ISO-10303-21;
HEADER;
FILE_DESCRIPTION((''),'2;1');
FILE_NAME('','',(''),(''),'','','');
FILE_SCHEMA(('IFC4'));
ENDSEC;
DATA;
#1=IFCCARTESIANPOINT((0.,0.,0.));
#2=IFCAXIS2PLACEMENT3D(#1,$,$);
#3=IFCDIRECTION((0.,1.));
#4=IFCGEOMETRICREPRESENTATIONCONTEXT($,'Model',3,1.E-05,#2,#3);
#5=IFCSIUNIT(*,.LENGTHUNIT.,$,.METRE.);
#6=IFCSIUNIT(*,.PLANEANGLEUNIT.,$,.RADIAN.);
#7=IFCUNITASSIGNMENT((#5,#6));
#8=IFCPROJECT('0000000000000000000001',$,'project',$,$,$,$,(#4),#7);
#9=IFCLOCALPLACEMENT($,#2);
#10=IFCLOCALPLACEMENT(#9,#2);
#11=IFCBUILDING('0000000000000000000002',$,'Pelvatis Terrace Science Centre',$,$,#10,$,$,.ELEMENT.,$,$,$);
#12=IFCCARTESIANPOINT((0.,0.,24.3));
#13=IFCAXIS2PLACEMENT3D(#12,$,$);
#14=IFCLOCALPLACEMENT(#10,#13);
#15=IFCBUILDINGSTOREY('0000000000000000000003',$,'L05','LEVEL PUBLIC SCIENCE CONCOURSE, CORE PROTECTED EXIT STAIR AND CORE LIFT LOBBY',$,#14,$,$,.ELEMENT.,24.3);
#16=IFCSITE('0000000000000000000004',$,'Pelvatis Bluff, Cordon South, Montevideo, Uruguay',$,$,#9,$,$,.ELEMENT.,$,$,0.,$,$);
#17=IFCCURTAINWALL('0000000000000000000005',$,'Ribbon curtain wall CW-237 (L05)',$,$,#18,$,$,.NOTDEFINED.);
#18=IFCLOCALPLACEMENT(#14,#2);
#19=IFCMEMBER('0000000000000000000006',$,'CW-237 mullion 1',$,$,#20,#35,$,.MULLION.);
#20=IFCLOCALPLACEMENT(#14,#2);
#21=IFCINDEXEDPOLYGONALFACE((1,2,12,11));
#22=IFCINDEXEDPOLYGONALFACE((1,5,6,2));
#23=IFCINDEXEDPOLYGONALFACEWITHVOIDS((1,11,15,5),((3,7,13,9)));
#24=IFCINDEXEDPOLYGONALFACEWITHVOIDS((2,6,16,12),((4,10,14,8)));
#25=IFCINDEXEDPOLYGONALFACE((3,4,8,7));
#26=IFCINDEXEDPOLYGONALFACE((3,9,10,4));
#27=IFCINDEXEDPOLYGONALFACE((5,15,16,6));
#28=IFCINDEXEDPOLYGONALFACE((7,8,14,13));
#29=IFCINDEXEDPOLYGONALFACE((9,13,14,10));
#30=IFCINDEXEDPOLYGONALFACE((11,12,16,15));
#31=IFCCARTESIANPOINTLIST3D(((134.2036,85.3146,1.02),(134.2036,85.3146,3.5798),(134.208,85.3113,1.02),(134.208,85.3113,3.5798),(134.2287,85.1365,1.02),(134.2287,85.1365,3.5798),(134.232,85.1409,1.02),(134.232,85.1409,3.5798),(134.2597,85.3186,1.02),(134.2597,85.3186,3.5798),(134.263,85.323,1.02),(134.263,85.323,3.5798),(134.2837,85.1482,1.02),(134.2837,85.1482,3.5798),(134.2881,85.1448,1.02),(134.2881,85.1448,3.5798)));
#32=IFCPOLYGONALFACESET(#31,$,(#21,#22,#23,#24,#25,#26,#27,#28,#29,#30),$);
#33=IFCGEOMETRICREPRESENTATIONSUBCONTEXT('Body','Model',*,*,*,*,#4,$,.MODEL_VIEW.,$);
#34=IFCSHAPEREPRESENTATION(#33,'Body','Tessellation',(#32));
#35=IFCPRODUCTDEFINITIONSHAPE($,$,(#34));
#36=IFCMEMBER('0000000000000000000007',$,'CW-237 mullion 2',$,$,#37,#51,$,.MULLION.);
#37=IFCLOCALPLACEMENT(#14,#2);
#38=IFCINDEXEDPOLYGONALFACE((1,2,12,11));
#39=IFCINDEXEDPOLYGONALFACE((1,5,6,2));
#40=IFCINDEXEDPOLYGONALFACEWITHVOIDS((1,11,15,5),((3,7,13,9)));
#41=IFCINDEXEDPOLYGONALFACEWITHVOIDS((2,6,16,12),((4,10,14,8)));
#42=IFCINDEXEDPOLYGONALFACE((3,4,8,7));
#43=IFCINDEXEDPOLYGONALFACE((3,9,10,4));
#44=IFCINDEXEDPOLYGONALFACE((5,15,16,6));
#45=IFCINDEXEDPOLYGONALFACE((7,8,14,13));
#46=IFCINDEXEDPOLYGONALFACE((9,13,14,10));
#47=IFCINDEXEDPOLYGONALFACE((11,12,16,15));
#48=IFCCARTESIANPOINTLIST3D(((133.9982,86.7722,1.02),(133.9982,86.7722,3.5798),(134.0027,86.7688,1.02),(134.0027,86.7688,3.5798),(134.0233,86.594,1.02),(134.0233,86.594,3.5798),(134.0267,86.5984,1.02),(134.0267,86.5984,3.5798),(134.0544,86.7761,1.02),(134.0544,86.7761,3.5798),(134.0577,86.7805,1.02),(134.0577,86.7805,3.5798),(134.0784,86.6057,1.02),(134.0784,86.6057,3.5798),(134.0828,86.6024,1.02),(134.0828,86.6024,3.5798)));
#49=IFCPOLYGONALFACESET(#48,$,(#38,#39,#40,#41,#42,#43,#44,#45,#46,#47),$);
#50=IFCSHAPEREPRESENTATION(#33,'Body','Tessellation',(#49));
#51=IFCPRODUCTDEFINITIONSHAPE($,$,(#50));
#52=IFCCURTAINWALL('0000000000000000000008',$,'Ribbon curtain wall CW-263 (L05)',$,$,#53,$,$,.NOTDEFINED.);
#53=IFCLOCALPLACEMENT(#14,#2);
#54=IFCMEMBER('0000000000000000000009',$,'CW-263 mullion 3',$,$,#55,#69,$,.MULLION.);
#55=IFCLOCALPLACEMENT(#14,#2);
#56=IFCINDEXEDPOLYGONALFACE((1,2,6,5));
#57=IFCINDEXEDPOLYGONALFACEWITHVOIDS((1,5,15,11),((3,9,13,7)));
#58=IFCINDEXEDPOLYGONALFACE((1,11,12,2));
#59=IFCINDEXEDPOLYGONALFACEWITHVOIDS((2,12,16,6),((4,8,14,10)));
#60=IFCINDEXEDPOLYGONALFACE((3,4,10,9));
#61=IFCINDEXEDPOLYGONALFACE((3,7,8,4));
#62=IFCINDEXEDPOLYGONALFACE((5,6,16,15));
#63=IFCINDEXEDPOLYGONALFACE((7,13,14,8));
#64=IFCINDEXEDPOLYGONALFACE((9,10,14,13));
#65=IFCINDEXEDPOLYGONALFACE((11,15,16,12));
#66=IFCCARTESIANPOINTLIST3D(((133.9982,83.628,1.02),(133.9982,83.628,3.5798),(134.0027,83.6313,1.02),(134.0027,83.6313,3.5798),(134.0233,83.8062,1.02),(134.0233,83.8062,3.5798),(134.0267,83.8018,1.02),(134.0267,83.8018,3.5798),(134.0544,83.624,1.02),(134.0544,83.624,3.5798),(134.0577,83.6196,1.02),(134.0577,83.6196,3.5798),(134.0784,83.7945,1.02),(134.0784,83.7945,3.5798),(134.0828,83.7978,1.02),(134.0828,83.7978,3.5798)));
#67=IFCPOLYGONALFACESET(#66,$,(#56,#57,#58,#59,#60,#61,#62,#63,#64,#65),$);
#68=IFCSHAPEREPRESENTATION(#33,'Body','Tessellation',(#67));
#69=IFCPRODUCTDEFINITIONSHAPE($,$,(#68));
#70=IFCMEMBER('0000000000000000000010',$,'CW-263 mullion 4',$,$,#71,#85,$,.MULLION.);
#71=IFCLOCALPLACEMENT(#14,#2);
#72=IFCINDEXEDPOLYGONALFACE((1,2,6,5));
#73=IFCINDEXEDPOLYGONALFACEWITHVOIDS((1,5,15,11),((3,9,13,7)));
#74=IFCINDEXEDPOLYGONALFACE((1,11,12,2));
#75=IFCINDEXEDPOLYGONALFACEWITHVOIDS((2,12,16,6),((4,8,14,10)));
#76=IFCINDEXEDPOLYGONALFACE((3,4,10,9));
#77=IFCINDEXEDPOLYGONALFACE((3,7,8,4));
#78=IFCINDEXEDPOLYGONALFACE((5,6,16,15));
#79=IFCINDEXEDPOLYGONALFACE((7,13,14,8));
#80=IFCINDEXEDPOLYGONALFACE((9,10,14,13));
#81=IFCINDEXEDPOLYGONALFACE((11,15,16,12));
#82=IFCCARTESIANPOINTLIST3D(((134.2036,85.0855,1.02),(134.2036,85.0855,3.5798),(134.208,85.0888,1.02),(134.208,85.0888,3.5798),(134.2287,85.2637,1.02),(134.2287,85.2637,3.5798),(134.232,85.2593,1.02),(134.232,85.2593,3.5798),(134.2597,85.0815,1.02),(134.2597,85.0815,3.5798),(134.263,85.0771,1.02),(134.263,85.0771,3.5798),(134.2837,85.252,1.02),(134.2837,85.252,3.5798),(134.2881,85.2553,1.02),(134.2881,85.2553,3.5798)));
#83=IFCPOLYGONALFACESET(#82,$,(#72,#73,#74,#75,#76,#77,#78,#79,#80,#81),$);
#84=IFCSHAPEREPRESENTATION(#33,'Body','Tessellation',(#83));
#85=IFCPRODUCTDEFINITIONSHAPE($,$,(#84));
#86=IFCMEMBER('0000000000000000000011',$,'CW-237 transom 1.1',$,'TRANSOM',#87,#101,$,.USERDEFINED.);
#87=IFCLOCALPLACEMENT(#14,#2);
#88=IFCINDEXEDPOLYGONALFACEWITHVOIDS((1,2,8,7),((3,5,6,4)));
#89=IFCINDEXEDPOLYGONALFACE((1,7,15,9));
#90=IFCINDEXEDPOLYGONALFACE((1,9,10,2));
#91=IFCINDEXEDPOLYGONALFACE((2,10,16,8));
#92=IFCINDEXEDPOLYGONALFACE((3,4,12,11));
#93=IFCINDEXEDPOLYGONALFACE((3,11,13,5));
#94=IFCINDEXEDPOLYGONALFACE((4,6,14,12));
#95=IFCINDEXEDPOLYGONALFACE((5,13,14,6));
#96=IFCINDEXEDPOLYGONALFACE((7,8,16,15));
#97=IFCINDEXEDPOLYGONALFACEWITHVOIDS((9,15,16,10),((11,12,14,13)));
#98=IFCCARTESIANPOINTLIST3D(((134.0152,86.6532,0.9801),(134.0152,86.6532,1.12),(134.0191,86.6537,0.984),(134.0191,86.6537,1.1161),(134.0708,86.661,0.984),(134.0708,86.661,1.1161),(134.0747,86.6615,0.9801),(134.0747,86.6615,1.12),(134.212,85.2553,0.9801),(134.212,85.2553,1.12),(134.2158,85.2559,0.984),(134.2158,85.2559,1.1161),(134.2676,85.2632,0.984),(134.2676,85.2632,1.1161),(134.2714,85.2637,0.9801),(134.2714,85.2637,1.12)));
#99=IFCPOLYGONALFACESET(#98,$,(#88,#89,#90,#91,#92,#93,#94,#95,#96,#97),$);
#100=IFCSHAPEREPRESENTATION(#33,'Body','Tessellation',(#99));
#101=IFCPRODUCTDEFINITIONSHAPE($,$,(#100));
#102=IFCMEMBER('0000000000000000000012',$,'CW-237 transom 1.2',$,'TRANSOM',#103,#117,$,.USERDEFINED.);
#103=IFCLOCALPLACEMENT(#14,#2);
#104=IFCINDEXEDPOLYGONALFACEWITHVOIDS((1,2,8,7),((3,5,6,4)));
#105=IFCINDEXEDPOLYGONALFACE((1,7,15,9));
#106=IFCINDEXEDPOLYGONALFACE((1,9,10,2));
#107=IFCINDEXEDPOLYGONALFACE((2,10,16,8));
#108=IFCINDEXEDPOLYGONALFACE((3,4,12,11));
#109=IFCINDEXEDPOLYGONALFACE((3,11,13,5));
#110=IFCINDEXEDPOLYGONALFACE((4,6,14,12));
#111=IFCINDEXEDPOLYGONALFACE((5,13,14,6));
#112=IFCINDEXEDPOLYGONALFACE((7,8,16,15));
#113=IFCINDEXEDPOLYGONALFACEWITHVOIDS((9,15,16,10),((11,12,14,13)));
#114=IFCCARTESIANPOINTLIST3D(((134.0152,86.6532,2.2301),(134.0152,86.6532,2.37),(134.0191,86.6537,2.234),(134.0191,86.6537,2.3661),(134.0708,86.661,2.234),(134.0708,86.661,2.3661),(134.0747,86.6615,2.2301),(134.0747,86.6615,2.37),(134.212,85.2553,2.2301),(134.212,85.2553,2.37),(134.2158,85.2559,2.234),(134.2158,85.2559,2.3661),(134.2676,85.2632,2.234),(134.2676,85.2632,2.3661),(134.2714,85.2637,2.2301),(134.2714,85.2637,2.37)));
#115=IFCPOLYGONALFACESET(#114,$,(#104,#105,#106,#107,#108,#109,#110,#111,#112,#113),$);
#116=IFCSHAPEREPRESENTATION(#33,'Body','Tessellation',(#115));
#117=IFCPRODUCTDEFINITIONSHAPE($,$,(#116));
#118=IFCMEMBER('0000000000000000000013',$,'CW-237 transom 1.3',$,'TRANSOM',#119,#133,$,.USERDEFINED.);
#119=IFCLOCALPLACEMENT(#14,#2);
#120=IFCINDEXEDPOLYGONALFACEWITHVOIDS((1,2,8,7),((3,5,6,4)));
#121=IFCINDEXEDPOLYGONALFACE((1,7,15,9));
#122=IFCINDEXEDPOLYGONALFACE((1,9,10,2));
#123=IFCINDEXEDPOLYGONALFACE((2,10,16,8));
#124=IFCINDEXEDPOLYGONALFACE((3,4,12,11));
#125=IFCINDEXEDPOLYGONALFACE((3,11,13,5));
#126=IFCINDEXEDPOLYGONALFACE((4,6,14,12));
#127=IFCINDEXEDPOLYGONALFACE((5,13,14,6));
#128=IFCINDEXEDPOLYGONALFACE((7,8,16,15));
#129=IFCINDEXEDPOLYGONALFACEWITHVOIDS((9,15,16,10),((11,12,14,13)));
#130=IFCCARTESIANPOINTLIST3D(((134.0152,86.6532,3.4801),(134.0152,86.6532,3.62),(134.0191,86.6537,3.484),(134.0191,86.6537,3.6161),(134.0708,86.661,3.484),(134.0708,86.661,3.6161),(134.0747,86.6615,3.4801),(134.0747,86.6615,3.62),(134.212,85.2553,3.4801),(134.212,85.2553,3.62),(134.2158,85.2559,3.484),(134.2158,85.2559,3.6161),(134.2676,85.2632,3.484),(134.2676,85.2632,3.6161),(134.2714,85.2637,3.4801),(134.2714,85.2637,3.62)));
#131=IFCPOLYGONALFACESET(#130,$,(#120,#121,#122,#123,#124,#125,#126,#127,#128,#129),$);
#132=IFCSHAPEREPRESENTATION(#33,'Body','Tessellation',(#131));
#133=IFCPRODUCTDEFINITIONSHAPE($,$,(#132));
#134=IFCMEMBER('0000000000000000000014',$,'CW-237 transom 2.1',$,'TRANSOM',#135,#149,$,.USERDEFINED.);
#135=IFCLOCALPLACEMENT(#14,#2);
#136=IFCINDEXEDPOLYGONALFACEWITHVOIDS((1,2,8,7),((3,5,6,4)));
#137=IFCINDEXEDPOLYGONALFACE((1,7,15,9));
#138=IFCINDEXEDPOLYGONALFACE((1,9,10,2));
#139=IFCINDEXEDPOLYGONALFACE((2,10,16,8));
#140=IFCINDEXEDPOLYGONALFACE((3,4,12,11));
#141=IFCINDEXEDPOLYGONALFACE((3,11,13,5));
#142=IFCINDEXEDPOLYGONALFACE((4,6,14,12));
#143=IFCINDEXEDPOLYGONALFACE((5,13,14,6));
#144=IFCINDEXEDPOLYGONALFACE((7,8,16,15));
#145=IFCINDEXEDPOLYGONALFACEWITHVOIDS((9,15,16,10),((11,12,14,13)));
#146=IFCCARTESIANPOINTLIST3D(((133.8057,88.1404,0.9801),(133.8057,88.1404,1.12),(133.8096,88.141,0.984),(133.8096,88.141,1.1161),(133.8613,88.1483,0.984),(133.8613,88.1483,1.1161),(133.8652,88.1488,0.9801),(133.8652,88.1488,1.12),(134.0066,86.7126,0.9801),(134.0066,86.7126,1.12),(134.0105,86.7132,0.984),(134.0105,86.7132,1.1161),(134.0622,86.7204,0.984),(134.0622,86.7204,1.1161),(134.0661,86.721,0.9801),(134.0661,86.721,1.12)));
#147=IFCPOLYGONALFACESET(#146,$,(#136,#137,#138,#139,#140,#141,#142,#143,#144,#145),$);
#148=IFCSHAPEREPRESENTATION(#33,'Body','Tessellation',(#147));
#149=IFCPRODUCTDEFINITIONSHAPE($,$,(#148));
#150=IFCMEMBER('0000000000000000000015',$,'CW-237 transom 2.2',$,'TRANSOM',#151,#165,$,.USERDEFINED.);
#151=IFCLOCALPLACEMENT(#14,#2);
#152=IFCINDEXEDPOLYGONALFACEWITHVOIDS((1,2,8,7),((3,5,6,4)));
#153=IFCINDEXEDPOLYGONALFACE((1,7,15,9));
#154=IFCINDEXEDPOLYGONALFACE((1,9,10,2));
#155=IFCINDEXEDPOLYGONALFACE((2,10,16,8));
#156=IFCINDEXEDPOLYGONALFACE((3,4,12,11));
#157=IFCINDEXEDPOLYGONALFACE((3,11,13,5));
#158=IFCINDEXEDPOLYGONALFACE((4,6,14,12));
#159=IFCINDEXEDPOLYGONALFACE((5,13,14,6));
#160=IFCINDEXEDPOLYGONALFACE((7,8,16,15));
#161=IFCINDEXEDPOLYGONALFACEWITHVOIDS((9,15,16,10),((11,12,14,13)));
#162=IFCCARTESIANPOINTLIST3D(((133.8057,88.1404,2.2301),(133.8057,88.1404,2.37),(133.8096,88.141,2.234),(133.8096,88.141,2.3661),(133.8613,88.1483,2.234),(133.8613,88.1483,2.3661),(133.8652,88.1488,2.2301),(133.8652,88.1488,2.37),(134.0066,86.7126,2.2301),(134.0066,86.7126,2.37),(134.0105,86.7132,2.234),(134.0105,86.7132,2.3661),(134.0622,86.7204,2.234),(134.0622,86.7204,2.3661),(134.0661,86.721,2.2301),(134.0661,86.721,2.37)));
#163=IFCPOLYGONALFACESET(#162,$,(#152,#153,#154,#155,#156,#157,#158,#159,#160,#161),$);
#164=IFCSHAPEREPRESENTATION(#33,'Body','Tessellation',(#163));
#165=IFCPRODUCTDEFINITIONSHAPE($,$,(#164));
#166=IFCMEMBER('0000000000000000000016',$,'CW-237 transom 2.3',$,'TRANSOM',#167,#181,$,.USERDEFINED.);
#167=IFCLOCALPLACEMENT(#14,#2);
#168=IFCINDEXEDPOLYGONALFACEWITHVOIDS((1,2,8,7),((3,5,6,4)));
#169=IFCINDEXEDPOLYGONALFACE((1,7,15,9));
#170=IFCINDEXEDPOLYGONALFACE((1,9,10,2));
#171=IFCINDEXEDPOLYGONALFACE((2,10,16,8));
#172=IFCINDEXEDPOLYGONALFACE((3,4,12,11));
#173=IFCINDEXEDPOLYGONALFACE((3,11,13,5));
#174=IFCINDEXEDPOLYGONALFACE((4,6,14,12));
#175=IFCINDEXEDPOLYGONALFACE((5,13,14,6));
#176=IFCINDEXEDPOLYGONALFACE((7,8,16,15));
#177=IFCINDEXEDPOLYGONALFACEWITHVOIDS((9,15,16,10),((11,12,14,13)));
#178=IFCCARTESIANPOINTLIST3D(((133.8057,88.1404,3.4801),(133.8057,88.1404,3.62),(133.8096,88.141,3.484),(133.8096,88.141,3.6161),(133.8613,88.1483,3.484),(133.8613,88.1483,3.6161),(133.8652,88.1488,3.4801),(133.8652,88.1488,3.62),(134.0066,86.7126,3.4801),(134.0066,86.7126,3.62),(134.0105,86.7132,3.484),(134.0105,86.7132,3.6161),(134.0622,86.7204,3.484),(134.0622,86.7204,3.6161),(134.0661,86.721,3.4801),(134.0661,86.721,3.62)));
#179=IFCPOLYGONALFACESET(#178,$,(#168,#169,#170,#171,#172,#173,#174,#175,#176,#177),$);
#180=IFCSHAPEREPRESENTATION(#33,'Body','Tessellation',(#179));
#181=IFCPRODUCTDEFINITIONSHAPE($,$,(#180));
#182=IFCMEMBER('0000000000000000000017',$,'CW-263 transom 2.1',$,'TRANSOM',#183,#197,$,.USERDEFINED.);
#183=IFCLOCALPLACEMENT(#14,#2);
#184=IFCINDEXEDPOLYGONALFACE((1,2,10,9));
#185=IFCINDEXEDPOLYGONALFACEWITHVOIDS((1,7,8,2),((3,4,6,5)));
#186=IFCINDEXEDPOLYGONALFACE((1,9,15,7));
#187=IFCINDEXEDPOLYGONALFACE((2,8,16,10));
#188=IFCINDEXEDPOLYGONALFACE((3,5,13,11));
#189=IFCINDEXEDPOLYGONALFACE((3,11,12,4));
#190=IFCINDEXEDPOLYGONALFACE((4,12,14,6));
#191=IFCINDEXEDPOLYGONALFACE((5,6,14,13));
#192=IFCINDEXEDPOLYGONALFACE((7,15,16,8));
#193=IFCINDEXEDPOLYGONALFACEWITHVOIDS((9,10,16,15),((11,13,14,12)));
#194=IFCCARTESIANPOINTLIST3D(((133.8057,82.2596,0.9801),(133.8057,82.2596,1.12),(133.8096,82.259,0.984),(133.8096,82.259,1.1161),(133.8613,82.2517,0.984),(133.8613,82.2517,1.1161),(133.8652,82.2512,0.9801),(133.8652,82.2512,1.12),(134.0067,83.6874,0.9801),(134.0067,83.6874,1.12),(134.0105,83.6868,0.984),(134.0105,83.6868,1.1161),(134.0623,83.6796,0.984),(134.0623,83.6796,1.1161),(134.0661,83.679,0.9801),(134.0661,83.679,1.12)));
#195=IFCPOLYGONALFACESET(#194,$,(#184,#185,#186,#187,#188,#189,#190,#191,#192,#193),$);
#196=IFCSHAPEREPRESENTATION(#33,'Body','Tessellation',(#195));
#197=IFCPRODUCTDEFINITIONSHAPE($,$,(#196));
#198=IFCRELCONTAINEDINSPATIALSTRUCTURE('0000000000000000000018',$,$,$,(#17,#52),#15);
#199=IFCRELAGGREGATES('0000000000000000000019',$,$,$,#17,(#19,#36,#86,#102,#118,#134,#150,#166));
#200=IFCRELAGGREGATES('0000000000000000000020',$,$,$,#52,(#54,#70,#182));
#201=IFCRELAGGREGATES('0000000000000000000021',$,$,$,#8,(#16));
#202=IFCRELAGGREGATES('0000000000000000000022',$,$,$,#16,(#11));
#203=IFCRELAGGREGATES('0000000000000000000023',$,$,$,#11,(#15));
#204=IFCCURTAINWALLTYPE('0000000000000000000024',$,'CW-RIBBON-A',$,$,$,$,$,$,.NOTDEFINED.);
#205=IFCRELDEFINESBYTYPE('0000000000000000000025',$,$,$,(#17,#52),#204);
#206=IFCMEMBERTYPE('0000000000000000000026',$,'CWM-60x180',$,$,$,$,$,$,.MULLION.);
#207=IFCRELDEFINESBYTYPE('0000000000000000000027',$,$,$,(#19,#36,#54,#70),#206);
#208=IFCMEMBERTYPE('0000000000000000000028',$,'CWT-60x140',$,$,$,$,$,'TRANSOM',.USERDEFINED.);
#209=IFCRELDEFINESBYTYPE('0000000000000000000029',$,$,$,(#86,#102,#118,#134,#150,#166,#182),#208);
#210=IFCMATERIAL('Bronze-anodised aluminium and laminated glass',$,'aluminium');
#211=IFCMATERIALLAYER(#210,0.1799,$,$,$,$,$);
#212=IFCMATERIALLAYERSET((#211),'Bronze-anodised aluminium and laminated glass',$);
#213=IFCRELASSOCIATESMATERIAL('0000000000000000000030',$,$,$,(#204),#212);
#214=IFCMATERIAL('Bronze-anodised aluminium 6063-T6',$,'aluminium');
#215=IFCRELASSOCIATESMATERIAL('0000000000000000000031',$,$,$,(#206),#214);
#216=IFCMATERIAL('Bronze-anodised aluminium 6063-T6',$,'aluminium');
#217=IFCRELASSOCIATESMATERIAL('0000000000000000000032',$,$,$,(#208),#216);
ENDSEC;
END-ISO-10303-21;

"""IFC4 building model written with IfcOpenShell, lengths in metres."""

from ifc_helpers import new_model, si_unit, direction, frame, origin, origin_2d, place, context, subcontext, project, spatial, hollow_rectangle, extrude, material, layer, layer_set, material_profile, profile_set, type_object, element, aggregate, save


model = new_model("IFC4")

# Units and contexts
model_context = context("Model", 3, precision=1e-05, world=origin(), true_north=direction((0.0, 1.0)))
body_context = subcontext(model_context, "Body", "Model", "MODEL_VIEW")
ifc_project = project(units=[si_unit("LENGTHUNIT", "METRE"), si_unit("PLANEANGLEUNIT", "RADIAN")], contexts=[model_context])

# Site, building, storey
site_placement = place(None, origin())
site = spatial("IfcSite", under=ifc_project, at=site_placement, Name="Pelvatis Bluff, Cordon South, Montevideo, Uruguay", CompositionType="ELEMENT", RefElevation=0.0)
building_placement = place(site_placement, origin())
building = spatial("IfcBuilding", under=site, at=building_placement, Name="Pelvatis Terrace Science Centre", CompositionType="ELEMENT")
storey_placement = place(building_placement, frame((0.0, 0.0, 24.3)))
storey = spatial("IfcBuildingStorey", under=building, at=storey_placement, Name="L05", Description="LEVEL PUBLIC SCIENCE CONCOURSE, CORE PROTECTED EXIT STAIR AND CORE LIFT LOBBY", CompositionType="ELEMENT", Elevation=24.3)

# Curtain walls, members
ifc_material_1 = material(Name="Bronze-anodised aluminium and laminated glass", Category="aluminium")
ifc_layer_1 = layer(ifc_material_1, 0.1799)
ifc_layer_set_1 = layer_set([ifc_layer_1], Name="Bronze-anodised aluminium and laminated glass")
curtain_wall_type = type_object("IfcCurtainWallType", Name="CW-RIBBON-A", PredefinedType="NOTDEFINED", material=ifc_layer_set_1)
curtain_wall_1_placement = place(storey_placement, origin())
curtain_wall_1 = element("IfcCurtainWall", 1, at=curtain_wall_1_placement, inside=storey, type_object=curtain_wall_type, Name="Ribbon curtain wall CW-237 (L05)", PredefinedType="NOTDEFINED")
ifc_material_2 = material(Name="Bronze-anodised aluminium 6063-T6", Category="aluminium")
ifc_material_profile_1 = material_profile(ifc_material_2, hollow_rectangle(XDim=0.0601, YDim=0.1799, WallThickness=0.0039, at=origin_2d()), Name="ALU-MUL 60x180")
ifc_profile_set_1 = profile_set([ifc_material_profile_1], Name="Bronze-anodised aluminium 6063-T6")
member_type_1 = type_object("IfcMemberType", Name="CWM-60x180", PredefinedType="MULLION", material=ifc_profile_set_1)
member_1_placement = place(storey_placement, frame((134.2458, 85.2297, 1.02), z_axis=(0.0, 0.0, 1.0), x_axis=(-0.990235, -0.139408, 0.0)))
member_1 = element("IfcMember", 2, at=member_1_placement, type_object=member_type_1, Name="CW-237 mullion 1", PredefinedType="MULLION", context=body_context, shape_type="SweptSolid", body=[
    extrude(hollow_rectangle(XDim=0.0601, YDim=0.1799, WallThickness=0.0039, at=origin_2d()), origin(), (0.0, 0.0, 1.0), 2.5598),
])
member_2_placement = place(storey_placement, frame((134.0405, 86.6873, 1.02), z_axis=(0.0, 0.0, 1.0), x_axis=(-0.990235, -0.139408, 0.0)))
member_2 = element("IfcMember", 3, at=member_2_placement, type_object=member_type_1, Name="CW-237 mullion 2", PredefinedType="MULLION", context=body_context, shape_type="SweptSolid", body=[
    extrude(hollow_rectangle(XDim=0.0601, YDim=0.1799, WallThickness=0.0039, at=origin_2d()), origin(), (0.0, 0.0, 1.0), 2.5598),
])
curtain_wall_2_placement = place(storey_placement, origin())
curtain_wall_2 = element("IfcCurtainWall", 4, at=curtain_wall_2_placement, inside=storey, type_object=curtain_wall_type, Name="Ribbon curtain wall CW-263 (L05)", PredefinedType="NOTDEFINED")
member_3_placement = place(storey_placement, frame((134.0405, 83.7129, 1.02), z_axis=(0.0, 0.0, 1.0), x_axis=(-0.990235, 0.139408, 0.0)))
member_3 = element("IfcMember", 5, at=member_3_placement, type_object=member_type_1, Name="CW-263 mullion 3", PredefinedType="MULLION", context=body_context, shape_type="SweptSolid", body=[
    extrude(hollow_rectangle(XDim=0.0601, YDim=0.1799, WallThickness=0.0039, at=origin_2d()), origin(), (0.0, 0.0, 1.0), 2.5598),
])
member_4_placement = place(storey_placement, frame((134.2458, 85.1704, 1.02), z_axis=(0.0, 0.0, 1.0), x_axis=(-0.990235, 0.139408, 0.0)))
member_4 = element("IfcMember", 6, at=member_4_placement, type_object=member_type_1, Name="CW-263 mullion 4", PredefinedType="MULLION", context=body_context, shape_type="SweptSolid", body=[
    extrude(hollow_rectangle(XDim=0.0601, YDim=0.1799, WallThickness=0.0039, at=origin_2d()), origin(), (0.0, 0.0, 1.0), 2.5598),
])

# Members
ifc_material_3 = material(Name="Bronze-anodised aluminium 6063-T6", Category="aluminium")
ifc_material_profile_2 = material_profile(ifc_material_3, hollow_rectangle(XDim=0.0601, YDim=0.1399, WallThickness=0.0039, at=origin_2d()), Name="ALU-TRN 60x140")
ifc_profile_set_2 = profile_set([ifc_material_profile_2], Name="Bronze-anodised aluminium 6063-T6")
member_type_2 = type_object("IfcMemberType", Name="CWT-60x140", ElementType="TRANSOM", PredefinedType="USERDEFINED", material=ifc_profile_set_2)
member_5_placement = place(storey_placement, frame((134.2417, 85.2595, 1.05), z_axis=(-0.139387, 0.990238, 0.0), x_axis=(-0.990238, -0.139387, 0.0)))
member_5 = element("IfcMember", 7, at=member_5_placement, type_object=member_type_2, Name="CW-237 transom 1.1", ObjectType="TRANSOM", PredefinedType="USERDEFINED", context=body_context, shape_type="SweptSolid", body=[
    extrude(hollow_rectangle(XDim=0.0601, YDim=0.1399, WallThickness=0.0039, at=origin_2d()), origin(), (0.0, 0.0, 1.0), 1.4116),
])
member_6_placement = place(storey_placement, frame((134.2417, 85.2595, 2.3), z_axis=(-0.139387, 0.990238, 0.0), x_axis=(-0.990238, -0.139387, 0.0)))
member_6 = element("IfcMember", 8, at=member_6_placement, type_object=member_type_2, Name="CW-237 transom 1.2", ObjectType="TRANSOM", PredefinedType="USERDEFINED", context=body_context, shape_type="SweptSolid", body=[
    extrude(hollow_rectangle(XDim=0.0601, YDim=0.1399, WallThickness=0.0039, at=origin_2d()), origin(), (0.0, 0.0, 1.0), 1.4116),
])
member_7_placement = place(storey_placement, frame((134.2417, 85.2595, 3.55), z_axis=(-0.139387, 0.990238, 0.0), x_axis=(-0.990238, -0.139387, 0.0)))
member_7 = element("IfcMember", 9, at=member_7_placement, type_object=member_type_2, Name="CW-237 transom 1.3", ObjectType="TRANSOM", PredefinedType="USERDEFINED", context=body_context, shape_type="SweptSolid", body=[
    extrude(hollow_rectangle(XDim=0.0601, YDim=0.1399, WallThickness=0.0039, at=origin_2d()), origin(), (0.0, 0.0, 1.0), 1.4116),
])
member_8_placement = place(storey_placement, frame((134.0364, 86.7168, 1.05), z_axis=(-0.139359, 0.990242, 0.0), x_axis=(-0.990242, -0.139359, 0.0)))
member_8 = element("IfcMember", 10, at=member_8_placement, type_object=member_type_2, Name="CW-237 transom 2.1", ObjectType="TRANSOM", PredefinedType="USERDEFINED", context=body_context, shape_type="SweptSolid", body=[
    extrude(hollow_rectangle(XDim=0.0601, YDim=0.1399, WallThickness=0.0039, at=origin_2d()), origin(), (0.0, 0.0, 1.0), 1.4419),
])
member_9_placement = place(storey_placement, frame((134.0364, 86.7168, 2.3), z_axis=(-0.139359, 0.990242, 0.0), x_axis=(-0.990242, -0.139359, 0.0)))
member_9 = element("IfcMember", 11, at=member_9_placement, type_object=member_type_2, Name="CW-237 transom 2.2", ObjectType="TRANSOM", PredefinedType="USERDEFINED", context=body_context, shape_type="SweptSolid", body=[
    extrude(hollow_rectangle(XDim=0.0601, YDim=0.1399, WallThickness=0.0039, at=origin_2d()), origin(), (0.0, 0.0, 1.0), 1.4419),
])
member_10_placement = place(storey_placement, frame((134.0364, 86.7168, 3.55), z_axis=(-0.139359, 0.990242, 0.0), x_axis=(-0.990242, -0.139359, 0.0)))
member_10 = element("IfcMember", 12, at=member_10_placement, type_object=member_type_2, Name="CW-237 transom 2.3", ObjectType="TRANSOM", PredefinedType="USERDEFINED", context=body_context, shape_type="SweptSolid", body=[
    extrude(hollow_rectangle(XDim=0.0601, YDim=0.1399, WallThickness=0.0039, at=origin_2d()), origin(), (0.0, 0.0, 1.0), 1.4419),
])
member_11_placement = place(storey_placement, frame((133.8354, 82.2554, 1.05), z_axis=(0.139359, 0.990242, 0.0), x_axis=(-0.990242, 0.139359, 0.0)))
member_11 = element("IfcMember", 13, at=member_11_placement, type_object=member_type_2, Name="CW-263 transom 2.1", ObjectType="TRANSOM", PredefinedType="USERDEFINED", context=body_context, shape_type="SweptSolid", body=[
    extrude(hollow_rectangle(XDim=0.0601, YDim=0.1399, WallThickness=0.0039, at=origin_2d()), origin(), (0.0, 0.0, 1.0), 1.4419),
])

aggregate(curtain_wall_1, [member_1, member_2, member_5, member_6, member_7, member_8, member_9, member_10])
aggregate(curtain_wall_2, [member_3, member_4, member_11])

save(model, "model.ifc")
